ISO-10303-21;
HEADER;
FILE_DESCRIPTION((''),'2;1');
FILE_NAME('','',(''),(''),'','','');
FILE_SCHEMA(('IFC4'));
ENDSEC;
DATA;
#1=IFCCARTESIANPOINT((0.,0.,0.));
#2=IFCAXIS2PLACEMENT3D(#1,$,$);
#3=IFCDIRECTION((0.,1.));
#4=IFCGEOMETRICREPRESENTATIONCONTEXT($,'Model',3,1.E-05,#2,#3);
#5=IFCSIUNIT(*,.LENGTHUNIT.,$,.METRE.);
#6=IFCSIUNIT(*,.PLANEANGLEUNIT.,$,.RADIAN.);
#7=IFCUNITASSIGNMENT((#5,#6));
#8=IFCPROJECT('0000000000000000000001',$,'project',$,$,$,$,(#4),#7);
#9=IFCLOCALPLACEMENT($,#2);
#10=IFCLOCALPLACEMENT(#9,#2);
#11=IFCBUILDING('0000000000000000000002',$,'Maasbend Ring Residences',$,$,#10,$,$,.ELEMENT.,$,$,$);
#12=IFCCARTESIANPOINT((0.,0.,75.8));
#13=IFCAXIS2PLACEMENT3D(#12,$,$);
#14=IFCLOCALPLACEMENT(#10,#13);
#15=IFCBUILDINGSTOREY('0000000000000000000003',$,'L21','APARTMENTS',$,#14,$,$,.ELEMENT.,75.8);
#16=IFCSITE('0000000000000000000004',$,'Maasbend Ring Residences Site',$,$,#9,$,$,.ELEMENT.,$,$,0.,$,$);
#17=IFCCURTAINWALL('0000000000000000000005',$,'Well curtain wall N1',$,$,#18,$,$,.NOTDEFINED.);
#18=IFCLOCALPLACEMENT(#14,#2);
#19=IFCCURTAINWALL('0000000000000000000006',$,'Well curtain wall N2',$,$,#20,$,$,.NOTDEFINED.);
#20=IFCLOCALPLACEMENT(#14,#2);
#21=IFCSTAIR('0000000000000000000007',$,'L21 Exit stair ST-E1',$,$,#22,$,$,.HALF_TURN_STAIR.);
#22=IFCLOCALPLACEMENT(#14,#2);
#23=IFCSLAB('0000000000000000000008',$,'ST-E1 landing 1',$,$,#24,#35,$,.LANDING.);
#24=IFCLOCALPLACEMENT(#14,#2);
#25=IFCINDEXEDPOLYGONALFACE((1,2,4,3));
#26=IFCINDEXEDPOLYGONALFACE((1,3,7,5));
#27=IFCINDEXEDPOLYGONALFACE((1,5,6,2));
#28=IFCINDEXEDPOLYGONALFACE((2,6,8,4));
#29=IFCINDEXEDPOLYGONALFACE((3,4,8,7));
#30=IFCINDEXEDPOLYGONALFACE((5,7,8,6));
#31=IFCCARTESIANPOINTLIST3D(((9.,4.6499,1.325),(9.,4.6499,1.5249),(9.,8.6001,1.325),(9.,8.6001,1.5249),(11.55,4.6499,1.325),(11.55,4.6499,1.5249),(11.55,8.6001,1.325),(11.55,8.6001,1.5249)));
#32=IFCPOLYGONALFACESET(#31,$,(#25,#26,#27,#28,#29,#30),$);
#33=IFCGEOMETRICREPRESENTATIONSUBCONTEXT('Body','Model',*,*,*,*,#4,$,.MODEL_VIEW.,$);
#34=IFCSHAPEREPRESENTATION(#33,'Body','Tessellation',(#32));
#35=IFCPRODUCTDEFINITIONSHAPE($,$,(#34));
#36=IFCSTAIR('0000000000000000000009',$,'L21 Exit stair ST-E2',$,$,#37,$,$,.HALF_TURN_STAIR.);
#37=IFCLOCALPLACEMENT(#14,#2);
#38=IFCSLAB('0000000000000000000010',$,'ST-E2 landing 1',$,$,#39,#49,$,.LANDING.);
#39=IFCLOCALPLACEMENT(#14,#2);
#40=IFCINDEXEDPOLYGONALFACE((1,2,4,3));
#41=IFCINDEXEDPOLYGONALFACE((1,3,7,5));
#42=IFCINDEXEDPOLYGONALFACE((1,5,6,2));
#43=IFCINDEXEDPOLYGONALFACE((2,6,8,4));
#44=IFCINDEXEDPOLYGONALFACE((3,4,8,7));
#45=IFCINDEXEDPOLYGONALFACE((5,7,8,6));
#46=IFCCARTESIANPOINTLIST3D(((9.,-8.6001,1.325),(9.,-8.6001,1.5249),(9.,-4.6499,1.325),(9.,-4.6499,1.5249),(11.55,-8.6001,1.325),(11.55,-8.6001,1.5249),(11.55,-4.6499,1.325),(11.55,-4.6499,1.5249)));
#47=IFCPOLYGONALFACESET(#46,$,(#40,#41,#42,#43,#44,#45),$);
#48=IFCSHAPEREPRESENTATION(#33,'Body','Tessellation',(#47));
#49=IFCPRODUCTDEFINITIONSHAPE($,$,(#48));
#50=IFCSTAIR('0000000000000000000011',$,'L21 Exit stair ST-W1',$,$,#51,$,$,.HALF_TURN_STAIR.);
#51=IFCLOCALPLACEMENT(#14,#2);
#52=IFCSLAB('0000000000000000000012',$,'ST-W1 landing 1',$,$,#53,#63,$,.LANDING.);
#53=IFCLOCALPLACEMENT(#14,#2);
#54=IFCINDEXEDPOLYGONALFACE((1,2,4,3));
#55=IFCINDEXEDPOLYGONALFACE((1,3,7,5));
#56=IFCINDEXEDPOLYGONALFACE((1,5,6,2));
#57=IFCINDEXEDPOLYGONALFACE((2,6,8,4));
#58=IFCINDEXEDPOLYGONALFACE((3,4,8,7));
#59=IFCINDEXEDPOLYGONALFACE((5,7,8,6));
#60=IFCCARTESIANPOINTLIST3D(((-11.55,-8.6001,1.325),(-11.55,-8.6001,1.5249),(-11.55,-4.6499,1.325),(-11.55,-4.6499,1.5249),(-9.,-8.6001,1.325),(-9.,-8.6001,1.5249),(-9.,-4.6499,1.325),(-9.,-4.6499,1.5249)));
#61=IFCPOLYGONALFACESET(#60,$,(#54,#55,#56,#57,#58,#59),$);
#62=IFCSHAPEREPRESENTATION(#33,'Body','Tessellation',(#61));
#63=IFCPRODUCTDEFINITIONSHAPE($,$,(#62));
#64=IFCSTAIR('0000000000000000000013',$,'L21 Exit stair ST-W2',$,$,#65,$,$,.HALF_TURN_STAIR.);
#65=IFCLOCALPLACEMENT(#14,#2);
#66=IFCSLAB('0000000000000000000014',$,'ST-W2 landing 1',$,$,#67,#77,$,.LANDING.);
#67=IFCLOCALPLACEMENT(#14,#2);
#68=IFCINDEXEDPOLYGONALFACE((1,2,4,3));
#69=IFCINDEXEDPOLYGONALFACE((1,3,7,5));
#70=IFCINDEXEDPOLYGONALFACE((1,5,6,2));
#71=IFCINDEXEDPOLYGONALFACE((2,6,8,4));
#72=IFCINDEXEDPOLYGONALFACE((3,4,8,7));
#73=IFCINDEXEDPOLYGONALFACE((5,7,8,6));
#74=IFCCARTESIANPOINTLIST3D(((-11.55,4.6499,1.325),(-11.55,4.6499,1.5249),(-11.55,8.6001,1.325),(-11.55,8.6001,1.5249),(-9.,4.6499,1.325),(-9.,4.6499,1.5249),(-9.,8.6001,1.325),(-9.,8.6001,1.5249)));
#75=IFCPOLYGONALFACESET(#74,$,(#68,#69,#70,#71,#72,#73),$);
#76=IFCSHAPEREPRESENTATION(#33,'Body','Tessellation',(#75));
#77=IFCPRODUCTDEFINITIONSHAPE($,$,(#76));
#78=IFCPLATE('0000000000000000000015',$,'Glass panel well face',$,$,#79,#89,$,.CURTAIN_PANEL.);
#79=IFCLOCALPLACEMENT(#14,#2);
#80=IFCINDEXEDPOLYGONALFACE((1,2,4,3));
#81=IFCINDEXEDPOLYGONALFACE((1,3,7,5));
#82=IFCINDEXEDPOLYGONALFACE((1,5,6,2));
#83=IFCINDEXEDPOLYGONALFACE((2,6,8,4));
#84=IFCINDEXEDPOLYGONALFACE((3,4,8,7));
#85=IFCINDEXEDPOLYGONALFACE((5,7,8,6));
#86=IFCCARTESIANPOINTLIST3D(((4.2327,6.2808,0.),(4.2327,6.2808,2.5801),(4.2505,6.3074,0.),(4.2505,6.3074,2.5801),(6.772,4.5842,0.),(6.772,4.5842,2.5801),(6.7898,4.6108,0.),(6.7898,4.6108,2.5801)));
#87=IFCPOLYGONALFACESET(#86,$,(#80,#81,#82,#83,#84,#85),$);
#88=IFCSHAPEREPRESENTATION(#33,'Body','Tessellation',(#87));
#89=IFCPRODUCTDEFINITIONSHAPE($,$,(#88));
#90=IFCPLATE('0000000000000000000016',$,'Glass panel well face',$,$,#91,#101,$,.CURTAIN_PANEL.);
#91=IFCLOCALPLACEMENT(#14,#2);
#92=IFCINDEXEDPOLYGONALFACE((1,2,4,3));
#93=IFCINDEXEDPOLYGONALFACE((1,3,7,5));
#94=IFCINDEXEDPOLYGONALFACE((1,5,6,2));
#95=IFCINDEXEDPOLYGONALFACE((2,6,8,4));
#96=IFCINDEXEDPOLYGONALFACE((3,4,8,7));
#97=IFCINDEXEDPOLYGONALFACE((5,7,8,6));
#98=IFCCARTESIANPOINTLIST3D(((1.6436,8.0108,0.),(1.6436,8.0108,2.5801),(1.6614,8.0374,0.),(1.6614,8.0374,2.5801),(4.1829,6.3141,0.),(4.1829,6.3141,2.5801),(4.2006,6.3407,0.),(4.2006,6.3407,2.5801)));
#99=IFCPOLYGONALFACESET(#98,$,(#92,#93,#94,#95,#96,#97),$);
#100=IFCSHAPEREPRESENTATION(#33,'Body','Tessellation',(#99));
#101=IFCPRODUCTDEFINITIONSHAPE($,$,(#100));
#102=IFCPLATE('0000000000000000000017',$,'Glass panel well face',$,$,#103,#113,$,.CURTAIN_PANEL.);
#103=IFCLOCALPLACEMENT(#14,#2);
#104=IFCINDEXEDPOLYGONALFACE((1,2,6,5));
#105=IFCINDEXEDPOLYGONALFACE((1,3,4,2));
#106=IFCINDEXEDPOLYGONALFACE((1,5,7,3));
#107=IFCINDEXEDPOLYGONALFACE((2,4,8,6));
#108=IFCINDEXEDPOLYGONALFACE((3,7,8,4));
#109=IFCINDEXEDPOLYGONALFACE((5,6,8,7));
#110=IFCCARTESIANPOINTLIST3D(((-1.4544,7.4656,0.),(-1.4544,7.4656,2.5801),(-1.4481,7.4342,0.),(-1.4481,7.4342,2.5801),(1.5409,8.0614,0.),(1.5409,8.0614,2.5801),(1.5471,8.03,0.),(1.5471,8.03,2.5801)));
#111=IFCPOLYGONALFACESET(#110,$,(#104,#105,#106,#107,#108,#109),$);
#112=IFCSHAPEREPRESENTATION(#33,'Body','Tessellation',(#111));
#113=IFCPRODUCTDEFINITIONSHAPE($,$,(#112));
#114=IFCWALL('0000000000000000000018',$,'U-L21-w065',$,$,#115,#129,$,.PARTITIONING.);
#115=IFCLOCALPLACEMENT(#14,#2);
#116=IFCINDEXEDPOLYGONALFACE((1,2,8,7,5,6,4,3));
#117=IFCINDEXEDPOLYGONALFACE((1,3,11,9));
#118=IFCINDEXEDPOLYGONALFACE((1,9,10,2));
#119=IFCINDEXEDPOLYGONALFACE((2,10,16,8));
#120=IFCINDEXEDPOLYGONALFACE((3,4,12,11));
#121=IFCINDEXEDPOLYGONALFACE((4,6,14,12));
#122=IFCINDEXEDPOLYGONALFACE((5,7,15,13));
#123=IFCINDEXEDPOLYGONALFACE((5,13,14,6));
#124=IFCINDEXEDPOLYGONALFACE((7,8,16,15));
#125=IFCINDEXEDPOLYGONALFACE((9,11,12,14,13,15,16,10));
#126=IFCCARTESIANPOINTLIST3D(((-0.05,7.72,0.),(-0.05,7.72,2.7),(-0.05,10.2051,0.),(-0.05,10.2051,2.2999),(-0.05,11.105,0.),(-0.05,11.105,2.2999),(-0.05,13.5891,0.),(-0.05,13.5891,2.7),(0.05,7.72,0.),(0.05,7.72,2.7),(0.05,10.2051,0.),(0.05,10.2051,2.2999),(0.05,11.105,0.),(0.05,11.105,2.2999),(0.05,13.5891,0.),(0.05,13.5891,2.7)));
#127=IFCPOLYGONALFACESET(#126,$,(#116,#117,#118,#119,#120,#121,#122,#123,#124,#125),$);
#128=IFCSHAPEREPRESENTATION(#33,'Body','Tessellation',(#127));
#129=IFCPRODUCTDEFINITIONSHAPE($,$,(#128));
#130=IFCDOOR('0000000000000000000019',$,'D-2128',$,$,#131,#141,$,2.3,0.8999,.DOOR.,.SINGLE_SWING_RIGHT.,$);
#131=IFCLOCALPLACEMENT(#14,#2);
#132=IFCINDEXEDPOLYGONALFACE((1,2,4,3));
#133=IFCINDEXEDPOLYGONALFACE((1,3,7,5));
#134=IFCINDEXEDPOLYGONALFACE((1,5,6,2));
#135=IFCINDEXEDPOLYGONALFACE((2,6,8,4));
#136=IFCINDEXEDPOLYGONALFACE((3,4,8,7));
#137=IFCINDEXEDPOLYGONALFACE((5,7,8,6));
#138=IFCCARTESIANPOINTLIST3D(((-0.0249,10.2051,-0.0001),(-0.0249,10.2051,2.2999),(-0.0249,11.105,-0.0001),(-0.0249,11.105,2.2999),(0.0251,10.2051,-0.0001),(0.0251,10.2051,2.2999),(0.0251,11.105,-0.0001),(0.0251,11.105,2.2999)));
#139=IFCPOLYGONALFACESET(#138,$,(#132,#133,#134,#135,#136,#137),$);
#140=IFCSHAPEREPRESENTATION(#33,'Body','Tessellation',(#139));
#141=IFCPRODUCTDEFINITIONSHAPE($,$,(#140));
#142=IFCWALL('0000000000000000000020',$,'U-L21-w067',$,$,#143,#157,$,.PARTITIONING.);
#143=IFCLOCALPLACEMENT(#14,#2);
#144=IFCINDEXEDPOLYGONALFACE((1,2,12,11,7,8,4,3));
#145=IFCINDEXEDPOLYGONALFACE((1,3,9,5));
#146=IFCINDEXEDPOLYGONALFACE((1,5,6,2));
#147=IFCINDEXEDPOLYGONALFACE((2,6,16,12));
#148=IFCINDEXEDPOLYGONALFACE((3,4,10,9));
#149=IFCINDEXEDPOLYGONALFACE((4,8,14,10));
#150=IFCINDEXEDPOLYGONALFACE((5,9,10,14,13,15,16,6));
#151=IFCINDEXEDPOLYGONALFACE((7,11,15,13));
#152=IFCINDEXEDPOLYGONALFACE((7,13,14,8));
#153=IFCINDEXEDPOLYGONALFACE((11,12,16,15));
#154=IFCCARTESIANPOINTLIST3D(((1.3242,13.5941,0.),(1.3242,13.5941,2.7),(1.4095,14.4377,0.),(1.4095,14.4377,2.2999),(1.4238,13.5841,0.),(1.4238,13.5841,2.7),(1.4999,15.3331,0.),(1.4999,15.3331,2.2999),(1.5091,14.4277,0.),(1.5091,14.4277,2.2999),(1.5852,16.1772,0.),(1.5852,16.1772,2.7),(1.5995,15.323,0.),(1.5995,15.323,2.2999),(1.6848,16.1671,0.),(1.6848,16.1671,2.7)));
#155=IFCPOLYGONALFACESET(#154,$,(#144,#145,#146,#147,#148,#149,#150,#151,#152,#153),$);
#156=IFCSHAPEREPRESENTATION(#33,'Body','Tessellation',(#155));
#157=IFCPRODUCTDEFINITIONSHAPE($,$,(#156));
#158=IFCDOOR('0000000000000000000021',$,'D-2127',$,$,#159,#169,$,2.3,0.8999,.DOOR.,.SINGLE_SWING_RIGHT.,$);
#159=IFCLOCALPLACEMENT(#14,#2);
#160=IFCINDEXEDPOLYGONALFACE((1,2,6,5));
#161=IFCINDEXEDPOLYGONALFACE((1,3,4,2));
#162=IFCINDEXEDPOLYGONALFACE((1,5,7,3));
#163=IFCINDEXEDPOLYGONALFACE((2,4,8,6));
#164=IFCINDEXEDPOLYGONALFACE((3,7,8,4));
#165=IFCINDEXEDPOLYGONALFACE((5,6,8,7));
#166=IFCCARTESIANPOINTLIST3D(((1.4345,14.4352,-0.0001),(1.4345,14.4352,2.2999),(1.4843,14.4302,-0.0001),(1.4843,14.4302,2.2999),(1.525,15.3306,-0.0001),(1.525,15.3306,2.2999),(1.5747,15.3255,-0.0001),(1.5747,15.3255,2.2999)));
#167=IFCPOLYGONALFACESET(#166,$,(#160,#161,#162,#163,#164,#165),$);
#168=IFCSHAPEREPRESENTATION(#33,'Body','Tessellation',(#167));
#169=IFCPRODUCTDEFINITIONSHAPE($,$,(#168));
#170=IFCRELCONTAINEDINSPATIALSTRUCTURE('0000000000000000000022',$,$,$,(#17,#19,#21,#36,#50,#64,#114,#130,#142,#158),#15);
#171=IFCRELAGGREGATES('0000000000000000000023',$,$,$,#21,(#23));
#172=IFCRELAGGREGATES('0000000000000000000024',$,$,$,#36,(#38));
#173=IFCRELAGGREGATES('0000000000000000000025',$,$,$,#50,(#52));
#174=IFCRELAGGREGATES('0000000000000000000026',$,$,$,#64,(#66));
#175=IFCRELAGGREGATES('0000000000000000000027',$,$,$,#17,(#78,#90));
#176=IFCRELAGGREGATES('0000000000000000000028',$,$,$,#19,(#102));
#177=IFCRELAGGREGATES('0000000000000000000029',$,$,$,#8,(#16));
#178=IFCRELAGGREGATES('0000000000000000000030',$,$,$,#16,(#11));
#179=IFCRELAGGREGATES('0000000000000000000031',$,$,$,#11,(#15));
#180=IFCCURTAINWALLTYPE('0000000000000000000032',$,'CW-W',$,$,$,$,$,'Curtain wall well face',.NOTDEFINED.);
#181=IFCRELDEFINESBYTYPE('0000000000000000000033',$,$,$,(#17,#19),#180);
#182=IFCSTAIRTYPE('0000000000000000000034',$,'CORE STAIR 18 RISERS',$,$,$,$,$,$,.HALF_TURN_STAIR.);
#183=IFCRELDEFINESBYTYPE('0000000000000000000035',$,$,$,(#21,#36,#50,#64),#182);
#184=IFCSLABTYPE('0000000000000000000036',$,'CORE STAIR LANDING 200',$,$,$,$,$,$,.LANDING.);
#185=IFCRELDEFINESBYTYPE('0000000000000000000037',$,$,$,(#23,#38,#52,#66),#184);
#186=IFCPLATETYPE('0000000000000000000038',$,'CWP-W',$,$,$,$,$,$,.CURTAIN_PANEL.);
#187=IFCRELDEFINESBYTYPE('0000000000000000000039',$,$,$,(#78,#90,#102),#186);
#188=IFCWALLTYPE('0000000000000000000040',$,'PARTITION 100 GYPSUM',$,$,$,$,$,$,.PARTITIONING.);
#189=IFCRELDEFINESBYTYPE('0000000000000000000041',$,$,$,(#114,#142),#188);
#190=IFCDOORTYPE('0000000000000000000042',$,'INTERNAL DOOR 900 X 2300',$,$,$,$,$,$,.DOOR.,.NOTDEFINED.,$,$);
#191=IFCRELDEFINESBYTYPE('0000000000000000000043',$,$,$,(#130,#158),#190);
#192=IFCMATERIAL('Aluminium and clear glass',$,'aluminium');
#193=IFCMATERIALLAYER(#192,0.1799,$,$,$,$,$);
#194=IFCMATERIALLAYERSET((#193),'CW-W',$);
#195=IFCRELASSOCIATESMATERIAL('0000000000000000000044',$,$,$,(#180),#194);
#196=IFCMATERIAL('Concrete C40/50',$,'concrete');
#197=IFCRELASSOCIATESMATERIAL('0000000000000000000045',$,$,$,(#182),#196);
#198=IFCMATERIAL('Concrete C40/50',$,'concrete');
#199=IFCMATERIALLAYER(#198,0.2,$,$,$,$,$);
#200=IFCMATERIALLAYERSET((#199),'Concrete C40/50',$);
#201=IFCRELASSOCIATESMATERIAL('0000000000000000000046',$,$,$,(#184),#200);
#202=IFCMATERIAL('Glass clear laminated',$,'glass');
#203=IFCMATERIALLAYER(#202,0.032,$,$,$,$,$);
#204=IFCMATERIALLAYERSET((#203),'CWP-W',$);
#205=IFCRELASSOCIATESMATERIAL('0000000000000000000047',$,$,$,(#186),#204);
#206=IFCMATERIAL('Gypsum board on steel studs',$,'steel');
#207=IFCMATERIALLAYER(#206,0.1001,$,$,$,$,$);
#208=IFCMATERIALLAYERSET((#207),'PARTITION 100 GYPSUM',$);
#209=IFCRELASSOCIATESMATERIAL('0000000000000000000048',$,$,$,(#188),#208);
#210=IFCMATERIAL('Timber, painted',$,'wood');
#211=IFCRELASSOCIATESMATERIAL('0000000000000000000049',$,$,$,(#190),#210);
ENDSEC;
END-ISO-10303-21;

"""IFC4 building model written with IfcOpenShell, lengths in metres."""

from ifc_helpers import new_model, si_unit, direction, frame, frame_2d, origin, origin_2d, place, context, subcontext, project, spatial, polyline, rectangle, outline, extrude, material, layer, layer_set, type_object, element, fill, aggregate, save


model = new_model("IFC4")

# Units and contexts
model_context = context("Model", 3, precision=1e-05, world=origin(), true_north=direction((0.0, 1.0)))
body_context = subcontext(model_context, "Body", "Model", "MODEL_VIEW")
ifc_project = project(units=[si_unit("LENGTHUNIT", "METRE"), si_unit("PLANEANGLEUNIT", "RADIAN")], contexts=[model_context])

# Site, building, storey
site_placement = place(None, origin())
site = spatial("IfcSite", under=ifc_project, at=site_placement, Name="Maasbend Ring Residences Site", CompositionType="ELEMENT", RefElevation=0.0)
building_placement = place(site_placement, origin())
building = spatial("IfcBuilding", under=site, at=building_placement, Name="Maasbend Ring Residences", CompositionType="ELEMENT")
storey_placement = place(building_placement, frame((0.0, 0.0, 75.8)))
storey = spatial("IfcBuildingStorey", under=building, at=storey_placement, Name="L21", Description="APARTMENTS", CompositionType="ELEMENT", Elevation=75.8)

# Curtain wall
ifc_material_1 = material(Name="Aluminium and clear glass", Category="aluminium")
ifc_layer_1 = layer(ifc_material_1, 0.1799)
ifc_layer_set_1 = layer_set([ifc_layer_1], Name="CW-W")
curtain_wall_type = type_object("IfcCurtainWallType", Name="CW-W", ElementType="Curtain wall well face", PredefinedType="NOTDEFINED", material=ifc_layer_set_1)
curtain_wall_1_placement = place(storey_placement, origin())
curtain_wall_1 = element("IfcCurtainWall", 1, at=curtain_wall_1_placement, inside=storey, type_object=curtain_wall_type, Name="Well curtain wall N1", PredefinedType="NOTDEFINED")

# Curtain wall
curtain_wall_2_placement = place(storey_placement, origin())
curtain_wall_2 = element("IfcCurtainWall", 2, at=curtain_wall_2_placement, inside=storey, type_object=curtain_wall_type, Name="Well curtain wall N2", PredefinedType="NOTDEFINED")

# Stairs, slabs
ifc_material_2 = material(Name="Concrete C40/50", Category="concrete")
stair_type = type_object("IfcStairType", Name="CORE STAIR 18 RISERS", PredefinedType="HALF_TURN_STAIR", material=ifc_material_2)
stair_1_placement = place(storey_placement, origin())
stair_1 = element("IfcStair", 3, at=stair_1_placement, inside=storey, type_object=stair_type, Name="L21 Exit stair ST-E1", PredefinedType="HALF_TURN_STAIR")
ifc_material_3 = material(Name="Concrete C40/50", Category="concrete")
ifc_layer_2 = layer(ifc_material_3, 0.2)
ifc_layer_set_2 = layer_set([ifc_layer_2], Name="Concrete C40/50")
slab_type = type_object("IfcSlabType", Name="CORE STAIR LANDING 200", PredefinedType="LANDING", material=ifc_layer_set_2)
slab_1_placement = place(storey_placement, frame((0.0, 0.0, 1.325)))
slab_1 = element("IfcSlab", 4, at=slab_1_placement, type_object=slab_type, Name="ST-E1 landing 1", PredefinedType="LANDING", context=body_context, shape_type="SweptSolid", body=[
    extrude(outline(polyline([(11.55, 8.6001), (9.0, 8.6001), (9.0, 4.6499), (11.55, 4.6499), (11.55, 8.6001)])), origin(), (0.0, 0.0, 1.0), 0.2),
])
aggregate(stair_1, [slab_1])
stair_2_placement = place(storey_placement, origin())
stair_2 = element("IfcStair", 5, at=stair_2_placement, inside=storey, type_object=stair_type, Name="L21 Exit stair ST-E2", PredefinedType="HALF_TURN_STAIR")
slab_2_placement = place(storey_placement, frame((0.0, 0.0, 1.325)))
slab_2 = element("IfcSlab", 6, at=slab_2_placement, type_object=slab_type, Name="ST-E2 landing 1", PredefinedType="LANDING", context=body_context, shape_type="SweptSolid", body=[
    extrude(outline(polyline([(11.55, -4.6499), (9.0, -4.6499), (9.0, -8.6001), (11.55, -8.6001), (11.55, -4.6499)])), origin(), (0.0, 0.0, 1.0), 0.2),
])
aggregate(stair_2, [slab_2])
stair_3_placement = place(storey_placement, origin())
stair_3 = element("IfcStair", 7, at=stair_3_placement, inside=storey, type_object=stair_type, Name="L21 Exit stair ST-W1", PredefinedType="HALF_TURN_STAIR")
slab_3_placement = place(storey_placement, frame((0.0, 0.0, 1.325)))
slab_3 = element("IfcSlab", 8, at=slab_3_placement, type_object=slab_type, Name="ST-W1 landing 1", PredefinedType="LANDING", context=body_context, shape_type="SweptSolid", body=[
    extrude(outline(polyline([(-11.55, -8.6001), (-9.0, -8.6001), (-9.0, -4.6499), (-11.55, -4.6499), (-11.55, -8.6001)])), origin(), (0.0, 0.0, 1.0), 0.2),
])
aggregate(stair_3, [slab_3])
stair_4_placement = place(storey_placement, origin())
stair_4 = element("IfcStair", 9, at=stair_4_placement, inside=storey, type_object=stair_type, Name="L21 Exit stair ST-W2", PredefinedType="HALF_TURN_STAIR")
slab_4_placement = place(storey_placement, frame((0.0, 0.0, 1.325)))
slab_4 = element("IfcSlab", 10, at=slab_4_placement, type_object=slab_type, Name="ST-W2 landing 1", PredefinedType="LANDING", context=body_context, shape_type="SweptSolid", body=[
    extrude(outline(polyline([(-11.55, 4.6499), (-9.0, 4.6499), (-9.0, 8.6001), (-11.55, 8.6001), (-11.55, 4.6499)])), origin(), (0.0, 0.0, 1.0), 0.2),
])
aggregate(stair_4, [slab_4])

# Plates
ifc_material_4 = material(Name="Glass clear laminated", Category="glass")
ifc_layer_3 = layer(ifc_material_4, 0.032)
ifc_layer_set_3 = layer_set([ifc_layer_3], Name="CWP-W")
plate_type = type_object("IfcPlateType", Name="CWP-W", PredefinedType="CURTAIN_PANEL", material=ifc_layer_set_3)
plate_1_placement = place(storey_placement, frame((5.5112, 5.4458, 0.0), z_axis=(0.0, 0.0, 1.0), x_axis=(-0.83147, 0.55557, 0.0)))
plate_1 = element("IfcPlate", 11, at=plate_1_placement, type_object=plate_type, Name="Glass panel well face", PredefinedType="CURTAIN_PANEL", context=body_context, shape_type="SweptSolid", body=[
    extrude(rectangle(XDim=3.054, YDim=0.032, at=origin_2d()), origin(), (0.0, 0.0, 1.0), 2.5801),
])
plate_2_placement = place(storey_placement, frame((2.9221, 7.1758, 0.0), z_axis=(0.0, 0.0, 1.0), x_axis=(-0.83147, 0.55557, 0.0)))
plate_2 = element("IfcPlate", 12, at=plate_2_placement, type_object=plate_type, Name="Glass panel well face", PredefinedType="CURTAIN_PANEL", context=body_context, shape_type="SweptSolid", body=[
    extrude(rectangle(XDim=3.054, YDim=0.032, at=origin_2d()), origin(), (0.0, 0.0, 1.0), 2.5801),
])
aggregate(curtain_wall_1, [plate_1, plate_2])
plate_3_placement = place(storey_placement, frame((0.0464, 7.7478, 0.0), z_axis=(0.0, 0.0, 1.0), x_axis=(-0.980785, -0.19509, 0.0)))
plate_3 = element("IfcPlate", 13, at=plate_3_placement, type_object=plate_type, Name="Glass panel well face", PredefinedType="CURTAIN_PANEL", context=body_context, shape_type="SweptSolid", body=[
    extrude(rectangle(XDim=3.054, YDim=0.032, at=origin_2d()), origin(), (0.0, 0.0, 1.0), 2.5801),
])
aggregate(curtain_wall_2, [plate_3])

# Walls, openings, doors
ifc_material_5 = material(Name="Gypsum board on steel studs", Category="steel")
ifc_layer_4 = layer(ifc_material_5, 0.1001)
ifc_layer_set_4 = layer_set([ifc_layer_4], Name="PARTITION 100 GYPSUM")
wall_type_1 = type_object("IfcWallType", Name="PARTITION 100 GYPSUM", PredefinedType="PARTITIONING", material=ifc_layer_set_4)
wall_1_placement = place(storey_placement, frame((0.0, 7.72, 0.0), z_axis=(0.0, 0.0, 1.0), x_axis=(0.0, 1.0, 0.0)))
wall_1 = element("IfcWall", 14, at=wall_1_placement, inside=storey, type_object=wall_type_1, Name="U-L21-w065", PredefinedType="PARTITIONING", context=body_context, shape_type="SweptSolid", body=[
    extrude(rectangle(XDim=5.8691, YDim=0.1001, at=frame_2d((2.9346, 0.0))), origin(), (0.0, 0.0, 1.0), 2.7),
])
opening_1_placement = place(wall_1_placement, frame((2.4851, 0.0, 0.0)))
opening_1 = element("IfcOpeningElement", 15, at=opening_1_placement, cuts=wall_1, PredefinedType="OPENING", context=body_context, shape_type="SweptSolid", body=[
    extrude(rectangle(XDim=0.8999, YDim=2.3, at=frame_2d((0.45, 1.1499))), frame((0.0, 0.0601, 0.0), z_axis=(0.0, -1.0, 0.0), x_axis=(1.0, 0.0, 0.0)), (0.0, 0.0, 1.0), 0.1201),
])
ifc_material_6 = material(Name="Timber, painted", Category="wood")
door_type = type_object("IfcDoorType", Name="INTERNAL DOOR 900 X 2300", OperationType="NOTDEFINED", PredefinedType="DOOR", material=ifc_material_6)
door_1_placement = place(opening_1_placement, origin())
door_1 = element("IfcDoor", 16, at=door_1_placement, inside=storey, type_object=door_type, Name="D-2128", OperationType="SINGLE_SWING_RIGHT", OverallHeight=2.3, OverallWidth=0.8999, PredefinedType="DOOR", context=body_context, shape_type="SweptSolid", body=[
    extrude(rectangle(XDim=0.8999, YDim=2.3, at=frame_2d((0.45, 1.1499))), frame((0.0, 0.0249, 0.0), z_axis=(0.0, -1.0, 0.0), x_axis=(1.0, 0.0, 0.0)), (0.0, 0.0, 1.0), 0.05),
])
fill(opening_1, door_1)
wall_2_placement = place(storey_placement, frame((1.374, 13.5891, 0.0), z_axis=(0.0, 0.0, 1.0), x_axis=(0.100528, 0.994934, 0.0)))
wall_2 = element("IfcWall", 17, at=wall_2_placement, inside=storey, type_object=wall_type_1, Name="U-L21-w067", PredefinedType="PARTITIONING", context=body_context, shape_type="SweptSolid", body=[
    extrude(rectangle(XDim=2.5962, YDim=0.1001, at=frame_2d((1.2981, 0.0))), origin(), (0.0, 0.0, 1.0), 2.7),
])
opening_2_placement = place(wall_2_placement, frame((0.8479, 0.0, 0.0)))
opening_2 = element("IfcOpeningElement", 18, at=opening_2_placement, cuts=wall_2, PredefinedType="OPENING", context=body_context, shape_type="SweptSolid", body=[
    extrude(rectangle(XDim=0.8999, YDim=2.3, at=frame_2d((0.45, 1.1499))), frame((0.0, 0.0601, 0.0), z_axis=(0.0, -1.0, 0.0), x_axis=(1.0, 0.0, 0.0)), (0.0, 0.0, 1.0), 0.1201),
])
door_2_placement = place(opening_2_placement, origin())
door_2 = element("IfcDoor", 19, at=door_2_placement, inside=storey, type_object=door_type, Name="D-2127", OperationType="SINGLE_SWING_RIGHT", OverallHeight=2.3, OverallWidth=0.8999, PredefinedType="DOOR", context=body_context, shape_type="SweptSolid", body=[
    extrude(rectangle(XDim=0.8999, YDim=2.3, at=frame_2d((0.45, 1.1499))), frame((0.0, 0.0249, 0.0), z_axis=(0.0, -1.0, 0.0), x_axis=(1.0, 0.0, 0.0)), (0.0, 0.0, 1.0), 0.05),
])
fill(opening_2, door_2)

save(model, "model.ifc")
